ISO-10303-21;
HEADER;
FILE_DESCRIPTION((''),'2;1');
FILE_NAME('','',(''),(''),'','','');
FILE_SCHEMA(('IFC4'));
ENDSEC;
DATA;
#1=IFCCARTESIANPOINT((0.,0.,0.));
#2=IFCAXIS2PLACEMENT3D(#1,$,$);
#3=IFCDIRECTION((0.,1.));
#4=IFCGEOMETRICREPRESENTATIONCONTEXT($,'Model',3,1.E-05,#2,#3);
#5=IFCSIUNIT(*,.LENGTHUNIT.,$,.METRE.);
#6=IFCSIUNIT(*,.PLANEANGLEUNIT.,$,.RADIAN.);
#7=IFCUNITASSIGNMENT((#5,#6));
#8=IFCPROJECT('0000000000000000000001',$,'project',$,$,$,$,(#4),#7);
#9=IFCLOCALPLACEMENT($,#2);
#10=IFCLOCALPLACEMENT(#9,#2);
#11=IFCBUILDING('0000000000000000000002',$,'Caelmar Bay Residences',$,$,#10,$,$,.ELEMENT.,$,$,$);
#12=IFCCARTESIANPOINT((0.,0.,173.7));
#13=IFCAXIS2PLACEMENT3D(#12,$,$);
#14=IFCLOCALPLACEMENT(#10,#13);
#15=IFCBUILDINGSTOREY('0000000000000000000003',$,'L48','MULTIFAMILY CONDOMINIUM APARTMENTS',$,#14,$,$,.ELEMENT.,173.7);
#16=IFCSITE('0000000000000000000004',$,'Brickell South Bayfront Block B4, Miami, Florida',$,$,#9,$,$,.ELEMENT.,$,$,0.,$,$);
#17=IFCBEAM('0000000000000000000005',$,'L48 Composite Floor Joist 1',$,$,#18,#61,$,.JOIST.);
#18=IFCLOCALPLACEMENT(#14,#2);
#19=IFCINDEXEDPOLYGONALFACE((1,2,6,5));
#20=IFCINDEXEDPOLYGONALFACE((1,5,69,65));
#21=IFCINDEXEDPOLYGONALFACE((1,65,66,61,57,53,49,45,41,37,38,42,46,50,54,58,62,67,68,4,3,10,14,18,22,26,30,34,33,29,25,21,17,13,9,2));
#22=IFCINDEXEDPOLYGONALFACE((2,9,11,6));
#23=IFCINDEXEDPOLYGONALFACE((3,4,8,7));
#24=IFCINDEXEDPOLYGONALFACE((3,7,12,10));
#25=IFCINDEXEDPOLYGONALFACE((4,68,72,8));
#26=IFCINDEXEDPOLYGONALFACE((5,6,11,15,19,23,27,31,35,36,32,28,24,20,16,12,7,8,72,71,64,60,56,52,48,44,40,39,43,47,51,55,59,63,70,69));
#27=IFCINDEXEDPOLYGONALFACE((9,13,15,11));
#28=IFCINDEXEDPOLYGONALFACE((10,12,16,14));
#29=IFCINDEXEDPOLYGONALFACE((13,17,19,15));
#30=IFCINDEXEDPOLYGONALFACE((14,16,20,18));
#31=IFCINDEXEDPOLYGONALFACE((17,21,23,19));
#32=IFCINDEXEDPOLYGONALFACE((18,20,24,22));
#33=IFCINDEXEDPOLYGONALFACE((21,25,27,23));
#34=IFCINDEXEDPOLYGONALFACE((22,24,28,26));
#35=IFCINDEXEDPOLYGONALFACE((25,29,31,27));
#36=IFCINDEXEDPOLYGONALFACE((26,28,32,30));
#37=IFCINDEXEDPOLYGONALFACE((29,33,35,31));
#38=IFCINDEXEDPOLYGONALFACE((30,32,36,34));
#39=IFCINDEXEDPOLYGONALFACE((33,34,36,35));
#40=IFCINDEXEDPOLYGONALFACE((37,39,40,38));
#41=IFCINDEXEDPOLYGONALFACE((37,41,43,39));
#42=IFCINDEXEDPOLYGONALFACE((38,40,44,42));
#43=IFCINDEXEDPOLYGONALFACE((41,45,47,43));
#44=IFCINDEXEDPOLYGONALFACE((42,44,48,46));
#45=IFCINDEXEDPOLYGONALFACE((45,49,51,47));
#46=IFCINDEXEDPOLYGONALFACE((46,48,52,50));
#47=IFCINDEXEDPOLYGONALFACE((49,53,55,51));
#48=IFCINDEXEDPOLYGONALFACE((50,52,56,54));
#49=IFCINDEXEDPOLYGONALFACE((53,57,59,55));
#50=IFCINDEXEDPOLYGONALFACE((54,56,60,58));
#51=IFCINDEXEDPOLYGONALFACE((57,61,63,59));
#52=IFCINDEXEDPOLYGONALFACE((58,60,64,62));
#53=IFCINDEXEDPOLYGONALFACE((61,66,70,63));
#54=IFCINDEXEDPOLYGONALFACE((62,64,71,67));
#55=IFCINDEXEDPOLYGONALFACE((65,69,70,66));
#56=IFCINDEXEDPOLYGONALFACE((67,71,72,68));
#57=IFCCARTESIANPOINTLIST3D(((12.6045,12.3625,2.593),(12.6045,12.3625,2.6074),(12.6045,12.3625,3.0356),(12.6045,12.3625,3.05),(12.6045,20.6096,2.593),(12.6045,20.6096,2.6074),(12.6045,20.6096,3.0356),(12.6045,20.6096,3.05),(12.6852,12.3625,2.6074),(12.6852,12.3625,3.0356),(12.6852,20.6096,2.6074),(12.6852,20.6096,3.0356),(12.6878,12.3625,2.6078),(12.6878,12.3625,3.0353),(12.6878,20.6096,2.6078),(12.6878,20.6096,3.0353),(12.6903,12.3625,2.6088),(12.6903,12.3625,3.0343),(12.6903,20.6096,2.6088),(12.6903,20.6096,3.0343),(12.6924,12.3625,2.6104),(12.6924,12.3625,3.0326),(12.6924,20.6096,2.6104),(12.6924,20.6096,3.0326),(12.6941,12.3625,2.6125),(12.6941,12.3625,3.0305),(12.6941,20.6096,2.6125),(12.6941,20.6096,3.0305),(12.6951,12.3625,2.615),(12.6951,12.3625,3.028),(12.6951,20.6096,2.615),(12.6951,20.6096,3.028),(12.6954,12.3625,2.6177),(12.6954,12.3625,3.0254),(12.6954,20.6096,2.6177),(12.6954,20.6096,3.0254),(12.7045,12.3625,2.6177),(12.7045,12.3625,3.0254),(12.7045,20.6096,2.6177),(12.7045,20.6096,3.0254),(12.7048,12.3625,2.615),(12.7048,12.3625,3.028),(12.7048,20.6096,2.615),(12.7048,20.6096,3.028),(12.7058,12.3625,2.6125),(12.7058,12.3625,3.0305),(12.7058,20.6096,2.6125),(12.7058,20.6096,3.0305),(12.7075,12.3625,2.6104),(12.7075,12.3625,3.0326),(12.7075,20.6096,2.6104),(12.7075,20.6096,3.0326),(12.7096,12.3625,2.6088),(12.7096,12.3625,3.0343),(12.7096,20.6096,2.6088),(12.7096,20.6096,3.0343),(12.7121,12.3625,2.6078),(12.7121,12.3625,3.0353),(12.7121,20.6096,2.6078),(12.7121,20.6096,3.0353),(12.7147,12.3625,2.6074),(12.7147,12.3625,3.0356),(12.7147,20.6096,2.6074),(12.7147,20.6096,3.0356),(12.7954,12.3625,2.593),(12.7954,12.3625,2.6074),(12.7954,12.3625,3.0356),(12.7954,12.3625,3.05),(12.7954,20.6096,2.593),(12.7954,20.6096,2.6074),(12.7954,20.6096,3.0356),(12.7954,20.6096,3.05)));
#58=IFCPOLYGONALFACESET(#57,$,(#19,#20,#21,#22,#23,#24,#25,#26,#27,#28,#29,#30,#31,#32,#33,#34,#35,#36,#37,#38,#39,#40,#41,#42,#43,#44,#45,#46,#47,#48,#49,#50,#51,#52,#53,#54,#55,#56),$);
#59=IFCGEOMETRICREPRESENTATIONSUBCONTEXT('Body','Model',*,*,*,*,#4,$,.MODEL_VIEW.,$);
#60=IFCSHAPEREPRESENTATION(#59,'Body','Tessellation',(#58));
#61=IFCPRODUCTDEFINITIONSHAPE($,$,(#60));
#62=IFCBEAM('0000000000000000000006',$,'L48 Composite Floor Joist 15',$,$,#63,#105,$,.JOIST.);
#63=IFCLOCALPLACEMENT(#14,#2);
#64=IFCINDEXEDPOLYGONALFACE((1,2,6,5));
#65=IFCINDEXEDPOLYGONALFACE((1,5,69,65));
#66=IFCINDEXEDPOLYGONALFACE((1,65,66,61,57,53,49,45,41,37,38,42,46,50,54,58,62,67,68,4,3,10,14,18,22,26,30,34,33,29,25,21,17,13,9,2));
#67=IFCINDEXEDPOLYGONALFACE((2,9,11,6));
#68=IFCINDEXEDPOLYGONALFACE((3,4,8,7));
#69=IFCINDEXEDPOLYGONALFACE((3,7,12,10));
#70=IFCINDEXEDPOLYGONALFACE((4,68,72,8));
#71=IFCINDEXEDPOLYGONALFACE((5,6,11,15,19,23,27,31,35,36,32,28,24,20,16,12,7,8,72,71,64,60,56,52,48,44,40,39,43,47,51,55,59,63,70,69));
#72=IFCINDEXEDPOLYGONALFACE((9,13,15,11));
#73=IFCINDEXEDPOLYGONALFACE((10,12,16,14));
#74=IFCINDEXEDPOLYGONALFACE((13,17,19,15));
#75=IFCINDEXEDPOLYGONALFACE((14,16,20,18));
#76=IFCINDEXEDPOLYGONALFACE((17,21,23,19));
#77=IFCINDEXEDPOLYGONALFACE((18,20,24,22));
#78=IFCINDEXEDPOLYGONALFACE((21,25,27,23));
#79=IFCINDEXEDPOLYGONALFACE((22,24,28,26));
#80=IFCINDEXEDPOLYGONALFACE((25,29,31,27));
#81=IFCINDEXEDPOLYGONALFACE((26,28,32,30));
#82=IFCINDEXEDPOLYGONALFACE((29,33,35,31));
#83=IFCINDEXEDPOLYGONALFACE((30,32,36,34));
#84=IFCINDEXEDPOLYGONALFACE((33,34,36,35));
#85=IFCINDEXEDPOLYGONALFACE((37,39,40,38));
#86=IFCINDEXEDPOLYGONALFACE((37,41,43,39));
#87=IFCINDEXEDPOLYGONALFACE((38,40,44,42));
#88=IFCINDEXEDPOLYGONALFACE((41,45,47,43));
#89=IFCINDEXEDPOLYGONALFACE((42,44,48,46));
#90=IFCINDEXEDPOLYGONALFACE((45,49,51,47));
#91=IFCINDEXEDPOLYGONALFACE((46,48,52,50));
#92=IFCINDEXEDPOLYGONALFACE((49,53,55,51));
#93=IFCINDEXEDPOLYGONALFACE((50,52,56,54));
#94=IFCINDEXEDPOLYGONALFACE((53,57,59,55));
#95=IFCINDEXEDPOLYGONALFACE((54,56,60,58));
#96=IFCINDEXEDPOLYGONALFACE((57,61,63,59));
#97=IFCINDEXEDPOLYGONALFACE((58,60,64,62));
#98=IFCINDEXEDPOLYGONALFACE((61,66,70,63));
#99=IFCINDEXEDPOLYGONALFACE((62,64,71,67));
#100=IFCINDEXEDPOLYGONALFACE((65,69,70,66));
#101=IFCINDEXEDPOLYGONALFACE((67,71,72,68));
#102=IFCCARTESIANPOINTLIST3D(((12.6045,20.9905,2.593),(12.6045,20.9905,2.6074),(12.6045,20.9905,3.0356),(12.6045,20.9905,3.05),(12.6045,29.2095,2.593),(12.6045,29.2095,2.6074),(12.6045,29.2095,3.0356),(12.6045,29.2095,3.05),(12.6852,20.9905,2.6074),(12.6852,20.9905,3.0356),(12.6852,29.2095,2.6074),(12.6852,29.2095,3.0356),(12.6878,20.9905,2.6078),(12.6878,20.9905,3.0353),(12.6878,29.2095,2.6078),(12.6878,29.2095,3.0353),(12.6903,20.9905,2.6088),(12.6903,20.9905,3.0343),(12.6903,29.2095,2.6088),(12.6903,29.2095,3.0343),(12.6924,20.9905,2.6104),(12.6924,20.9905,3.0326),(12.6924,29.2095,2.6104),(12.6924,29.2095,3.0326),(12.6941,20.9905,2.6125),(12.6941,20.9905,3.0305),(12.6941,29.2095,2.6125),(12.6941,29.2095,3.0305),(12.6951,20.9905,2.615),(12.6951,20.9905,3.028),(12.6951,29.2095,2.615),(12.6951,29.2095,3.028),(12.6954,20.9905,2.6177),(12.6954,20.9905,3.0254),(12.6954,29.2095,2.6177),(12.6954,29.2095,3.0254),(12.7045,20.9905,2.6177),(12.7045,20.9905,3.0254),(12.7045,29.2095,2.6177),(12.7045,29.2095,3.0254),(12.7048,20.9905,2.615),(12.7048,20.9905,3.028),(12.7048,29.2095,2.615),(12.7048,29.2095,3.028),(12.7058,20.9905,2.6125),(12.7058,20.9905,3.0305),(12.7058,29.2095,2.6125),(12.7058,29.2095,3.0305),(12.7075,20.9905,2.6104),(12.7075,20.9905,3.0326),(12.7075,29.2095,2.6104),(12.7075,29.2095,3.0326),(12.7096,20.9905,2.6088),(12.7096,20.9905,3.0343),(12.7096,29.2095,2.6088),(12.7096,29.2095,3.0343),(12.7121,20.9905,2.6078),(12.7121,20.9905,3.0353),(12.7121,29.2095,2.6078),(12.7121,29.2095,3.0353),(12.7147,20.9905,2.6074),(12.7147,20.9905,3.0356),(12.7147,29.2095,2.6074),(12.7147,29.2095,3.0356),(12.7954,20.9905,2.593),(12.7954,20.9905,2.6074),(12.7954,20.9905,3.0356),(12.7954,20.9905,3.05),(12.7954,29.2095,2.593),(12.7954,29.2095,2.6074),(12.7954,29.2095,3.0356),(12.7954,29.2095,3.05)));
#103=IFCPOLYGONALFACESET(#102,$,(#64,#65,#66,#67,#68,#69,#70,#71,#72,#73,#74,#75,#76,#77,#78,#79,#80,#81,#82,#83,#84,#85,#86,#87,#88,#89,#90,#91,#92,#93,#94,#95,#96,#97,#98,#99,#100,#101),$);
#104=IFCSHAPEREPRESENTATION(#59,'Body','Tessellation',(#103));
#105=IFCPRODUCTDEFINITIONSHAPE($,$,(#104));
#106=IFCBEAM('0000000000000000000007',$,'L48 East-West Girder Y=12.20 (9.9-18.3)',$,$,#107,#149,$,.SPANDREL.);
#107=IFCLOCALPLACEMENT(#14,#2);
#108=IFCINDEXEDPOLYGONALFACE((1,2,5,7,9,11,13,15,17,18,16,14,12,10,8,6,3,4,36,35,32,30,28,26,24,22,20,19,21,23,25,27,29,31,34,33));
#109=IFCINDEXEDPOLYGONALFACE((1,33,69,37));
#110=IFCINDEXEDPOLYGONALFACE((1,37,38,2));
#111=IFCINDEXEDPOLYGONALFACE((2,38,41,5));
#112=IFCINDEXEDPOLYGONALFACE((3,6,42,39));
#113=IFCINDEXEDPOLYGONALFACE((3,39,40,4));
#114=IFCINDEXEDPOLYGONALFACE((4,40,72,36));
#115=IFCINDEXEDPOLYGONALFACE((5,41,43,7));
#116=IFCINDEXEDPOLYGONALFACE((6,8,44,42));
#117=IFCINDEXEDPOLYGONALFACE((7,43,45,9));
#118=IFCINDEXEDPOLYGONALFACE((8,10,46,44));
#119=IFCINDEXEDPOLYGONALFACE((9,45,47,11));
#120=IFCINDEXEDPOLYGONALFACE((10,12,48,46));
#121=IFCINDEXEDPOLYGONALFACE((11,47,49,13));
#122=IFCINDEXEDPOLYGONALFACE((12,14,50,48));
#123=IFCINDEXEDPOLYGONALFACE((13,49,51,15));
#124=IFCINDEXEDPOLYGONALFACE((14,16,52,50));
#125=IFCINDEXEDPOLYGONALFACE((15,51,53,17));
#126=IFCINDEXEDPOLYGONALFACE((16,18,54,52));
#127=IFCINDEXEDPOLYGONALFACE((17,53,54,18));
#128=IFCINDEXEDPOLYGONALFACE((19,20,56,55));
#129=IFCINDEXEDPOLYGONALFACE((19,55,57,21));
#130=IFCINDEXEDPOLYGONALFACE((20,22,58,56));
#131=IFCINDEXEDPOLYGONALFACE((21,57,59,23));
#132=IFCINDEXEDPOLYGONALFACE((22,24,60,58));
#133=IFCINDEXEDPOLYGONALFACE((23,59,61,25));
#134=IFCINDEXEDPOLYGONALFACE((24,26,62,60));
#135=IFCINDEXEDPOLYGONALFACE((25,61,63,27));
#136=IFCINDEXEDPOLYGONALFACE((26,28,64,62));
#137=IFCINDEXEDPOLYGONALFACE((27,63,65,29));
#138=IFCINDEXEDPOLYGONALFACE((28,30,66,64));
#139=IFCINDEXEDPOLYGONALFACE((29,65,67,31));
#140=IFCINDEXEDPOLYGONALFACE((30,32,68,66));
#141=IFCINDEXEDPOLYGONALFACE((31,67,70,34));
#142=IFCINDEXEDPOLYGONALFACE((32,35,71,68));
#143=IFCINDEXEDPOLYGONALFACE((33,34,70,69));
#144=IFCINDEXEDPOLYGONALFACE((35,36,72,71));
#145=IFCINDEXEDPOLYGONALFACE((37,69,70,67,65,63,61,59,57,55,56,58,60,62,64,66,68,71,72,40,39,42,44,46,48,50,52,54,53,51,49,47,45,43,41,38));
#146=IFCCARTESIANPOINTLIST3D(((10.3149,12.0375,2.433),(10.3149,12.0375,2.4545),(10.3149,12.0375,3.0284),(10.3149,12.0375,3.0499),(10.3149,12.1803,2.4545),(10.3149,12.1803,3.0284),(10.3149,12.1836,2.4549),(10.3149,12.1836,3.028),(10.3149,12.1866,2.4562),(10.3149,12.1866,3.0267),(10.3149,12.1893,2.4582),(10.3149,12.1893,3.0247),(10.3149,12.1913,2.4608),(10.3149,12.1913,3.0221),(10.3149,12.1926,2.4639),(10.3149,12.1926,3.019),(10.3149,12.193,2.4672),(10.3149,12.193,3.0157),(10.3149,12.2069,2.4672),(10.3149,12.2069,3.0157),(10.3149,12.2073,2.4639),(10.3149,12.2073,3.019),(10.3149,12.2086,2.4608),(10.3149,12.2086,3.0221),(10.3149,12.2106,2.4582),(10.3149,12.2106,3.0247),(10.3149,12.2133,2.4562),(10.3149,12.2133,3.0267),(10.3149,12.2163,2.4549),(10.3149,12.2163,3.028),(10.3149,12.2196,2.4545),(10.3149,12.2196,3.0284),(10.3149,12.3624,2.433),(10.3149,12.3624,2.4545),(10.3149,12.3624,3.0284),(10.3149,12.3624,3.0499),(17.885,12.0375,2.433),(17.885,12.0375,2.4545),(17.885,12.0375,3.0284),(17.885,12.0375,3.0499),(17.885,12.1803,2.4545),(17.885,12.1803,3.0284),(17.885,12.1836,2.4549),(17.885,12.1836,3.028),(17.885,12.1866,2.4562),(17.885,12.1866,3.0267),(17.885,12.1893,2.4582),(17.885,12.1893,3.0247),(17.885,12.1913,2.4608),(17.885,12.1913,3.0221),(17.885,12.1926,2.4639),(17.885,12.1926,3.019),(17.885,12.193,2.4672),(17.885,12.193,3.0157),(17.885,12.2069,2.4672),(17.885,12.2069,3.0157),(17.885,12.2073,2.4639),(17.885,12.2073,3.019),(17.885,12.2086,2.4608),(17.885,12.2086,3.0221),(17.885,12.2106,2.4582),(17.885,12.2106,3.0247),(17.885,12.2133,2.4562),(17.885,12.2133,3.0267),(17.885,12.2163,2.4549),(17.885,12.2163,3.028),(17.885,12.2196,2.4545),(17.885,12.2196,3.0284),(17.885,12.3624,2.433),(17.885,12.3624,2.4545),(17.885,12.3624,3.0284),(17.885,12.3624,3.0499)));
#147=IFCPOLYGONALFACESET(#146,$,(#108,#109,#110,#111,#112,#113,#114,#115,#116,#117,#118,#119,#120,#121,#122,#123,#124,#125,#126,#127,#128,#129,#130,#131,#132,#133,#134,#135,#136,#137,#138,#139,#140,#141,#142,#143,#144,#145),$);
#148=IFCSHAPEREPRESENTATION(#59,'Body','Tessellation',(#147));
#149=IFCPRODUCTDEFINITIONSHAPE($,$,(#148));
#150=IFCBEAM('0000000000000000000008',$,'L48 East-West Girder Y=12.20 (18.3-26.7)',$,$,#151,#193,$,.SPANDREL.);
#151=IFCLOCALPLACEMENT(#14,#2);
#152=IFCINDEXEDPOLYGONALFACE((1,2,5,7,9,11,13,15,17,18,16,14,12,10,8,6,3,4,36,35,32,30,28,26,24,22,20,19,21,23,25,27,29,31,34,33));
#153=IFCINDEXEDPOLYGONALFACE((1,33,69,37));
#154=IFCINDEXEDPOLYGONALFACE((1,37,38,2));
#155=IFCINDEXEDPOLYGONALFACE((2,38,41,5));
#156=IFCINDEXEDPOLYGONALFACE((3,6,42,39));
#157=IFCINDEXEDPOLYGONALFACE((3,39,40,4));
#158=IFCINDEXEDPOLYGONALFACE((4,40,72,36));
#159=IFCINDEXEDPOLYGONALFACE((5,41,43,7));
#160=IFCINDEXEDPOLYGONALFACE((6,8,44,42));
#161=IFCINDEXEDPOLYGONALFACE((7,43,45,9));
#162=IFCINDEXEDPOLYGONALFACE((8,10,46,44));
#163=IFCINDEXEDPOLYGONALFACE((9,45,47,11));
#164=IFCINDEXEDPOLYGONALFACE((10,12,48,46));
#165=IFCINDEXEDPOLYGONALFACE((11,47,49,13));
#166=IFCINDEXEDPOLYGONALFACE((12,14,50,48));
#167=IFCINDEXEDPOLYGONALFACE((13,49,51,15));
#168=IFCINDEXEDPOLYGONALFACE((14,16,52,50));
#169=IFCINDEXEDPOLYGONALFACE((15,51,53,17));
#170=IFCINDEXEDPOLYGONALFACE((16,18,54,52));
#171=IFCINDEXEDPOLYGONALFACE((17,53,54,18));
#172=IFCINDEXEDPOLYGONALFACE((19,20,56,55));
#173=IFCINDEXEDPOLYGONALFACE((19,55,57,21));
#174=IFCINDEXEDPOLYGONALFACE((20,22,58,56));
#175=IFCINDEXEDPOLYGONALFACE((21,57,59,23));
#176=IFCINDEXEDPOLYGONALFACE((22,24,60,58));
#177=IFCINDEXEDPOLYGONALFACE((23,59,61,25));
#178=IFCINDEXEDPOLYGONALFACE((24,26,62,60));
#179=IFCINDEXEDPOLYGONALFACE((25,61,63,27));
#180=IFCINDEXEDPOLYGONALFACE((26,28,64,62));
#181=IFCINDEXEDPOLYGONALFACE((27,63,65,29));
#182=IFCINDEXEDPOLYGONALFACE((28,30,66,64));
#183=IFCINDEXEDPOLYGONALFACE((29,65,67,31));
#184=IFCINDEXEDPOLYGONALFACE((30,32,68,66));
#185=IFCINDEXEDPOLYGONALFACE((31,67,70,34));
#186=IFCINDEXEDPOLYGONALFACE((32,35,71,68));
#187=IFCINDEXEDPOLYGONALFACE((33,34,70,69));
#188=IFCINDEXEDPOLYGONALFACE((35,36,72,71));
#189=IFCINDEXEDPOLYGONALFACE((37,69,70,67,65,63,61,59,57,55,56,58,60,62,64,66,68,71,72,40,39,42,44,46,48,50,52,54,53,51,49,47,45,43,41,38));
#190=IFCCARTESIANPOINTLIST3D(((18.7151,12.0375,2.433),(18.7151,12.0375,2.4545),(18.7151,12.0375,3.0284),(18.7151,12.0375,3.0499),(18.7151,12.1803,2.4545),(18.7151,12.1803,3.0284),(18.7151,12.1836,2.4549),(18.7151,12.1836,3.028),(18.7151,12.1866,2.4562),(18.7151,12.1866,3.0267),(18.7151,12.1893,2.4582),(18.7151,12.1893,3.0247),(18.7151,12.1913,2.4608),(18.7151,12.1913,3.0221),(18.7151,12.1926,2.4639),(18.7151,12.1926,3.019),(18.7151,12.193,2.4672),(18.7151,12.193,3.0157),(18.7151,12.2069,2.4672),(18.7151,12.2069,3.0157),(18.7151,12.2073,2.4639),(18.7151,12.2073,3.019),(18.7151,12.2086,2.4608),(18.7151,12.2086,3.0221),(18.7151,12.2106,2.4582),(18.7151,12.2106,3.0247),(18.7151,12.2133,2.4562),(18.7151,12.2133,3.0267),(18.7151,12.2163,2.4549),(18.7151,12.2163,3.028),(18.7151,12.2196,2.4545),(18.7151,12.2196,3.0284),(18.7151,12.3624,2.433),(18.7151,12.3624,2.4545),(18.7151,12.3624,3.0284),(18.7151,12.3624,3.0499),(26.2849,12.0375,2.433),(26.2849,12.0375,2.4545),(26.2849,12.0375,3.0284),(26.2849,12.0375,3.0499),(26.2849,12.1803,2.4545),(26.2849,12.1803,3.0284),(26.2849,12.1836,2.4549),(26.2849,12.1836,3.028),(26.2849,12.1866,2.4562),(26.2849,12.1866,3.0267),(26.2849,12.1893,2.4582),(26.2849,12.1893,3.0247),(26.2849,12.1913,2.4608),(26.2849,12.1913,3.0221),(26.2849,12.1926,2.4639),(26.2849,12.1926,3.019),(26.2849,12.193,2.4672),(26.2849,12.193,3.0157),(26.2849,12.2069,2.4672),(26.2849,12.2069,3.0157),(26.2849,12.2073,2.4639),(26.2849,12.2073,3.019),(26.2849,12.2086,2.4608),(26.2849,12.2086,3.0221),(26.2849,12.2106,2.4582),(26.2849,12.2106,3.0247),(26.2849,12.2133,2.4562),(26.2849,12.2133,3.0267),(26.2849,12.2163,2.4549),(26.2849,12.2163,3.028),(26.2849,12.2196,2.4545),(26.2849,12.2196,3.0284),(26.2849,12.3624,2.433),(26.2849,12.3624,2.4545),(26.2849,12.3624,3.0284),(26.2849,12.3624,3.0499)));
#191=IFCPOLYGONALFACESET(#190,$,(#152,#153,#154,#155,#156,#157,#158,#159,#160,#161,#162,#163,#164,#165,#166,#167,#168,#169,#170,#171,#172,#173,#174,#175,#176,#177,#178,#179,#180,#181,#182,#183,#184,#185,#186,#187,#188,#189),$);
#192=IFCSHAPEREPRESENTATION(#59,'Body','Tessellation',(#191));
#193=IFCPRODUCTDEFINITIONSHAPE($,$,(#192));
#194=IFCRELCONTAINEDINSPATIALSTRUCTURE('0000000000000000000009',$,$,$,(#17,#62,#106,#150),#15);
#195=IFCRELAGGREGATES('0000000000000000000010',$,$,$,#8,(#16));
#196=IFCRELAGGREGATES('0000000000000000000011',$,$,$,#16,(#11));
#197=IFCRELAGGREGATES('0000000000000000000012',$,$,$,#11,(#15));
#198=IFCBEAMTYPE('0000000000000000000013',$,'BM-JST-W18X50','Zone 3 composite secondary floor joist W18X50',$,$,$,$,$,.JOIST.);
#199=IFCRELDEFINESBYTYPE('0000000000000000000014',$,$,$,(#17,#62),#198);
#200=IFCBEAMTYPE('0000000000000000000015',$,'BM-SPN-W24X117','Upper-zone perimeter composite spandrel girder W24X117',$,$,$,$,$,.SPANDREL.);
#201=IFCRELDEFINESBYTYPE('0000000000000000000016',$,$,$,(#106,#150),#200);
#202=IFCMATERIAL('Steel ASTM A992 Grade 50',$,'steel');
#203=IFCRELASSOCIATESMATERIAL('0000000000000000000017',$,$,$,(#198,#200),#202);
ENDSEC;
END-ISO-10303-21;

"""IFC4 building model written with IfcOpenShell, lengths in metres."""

from ifc_helpers import new_model, si_unit, direction, frame, origin, origin_2d, place, context, subcontext, project, spatial, i_section, extrude, material, material_profile, profile_set, type_object, element, save


model = new_model("IFC4")

# Units and contexts
model_context = context("Model", 3, precision=1e-05, world=origin(), true_north=direction((0.0, 1.0)))
body_context = subcontext(model_context, "Body", "Model", "MODEL_VIEW")
ifc_project = project(units=[si_unit("LENGTHUNIT", "METRE"), si_unit("PLANEANGLEUNIT", "RADIAN")], contexts=[model_context])

# Site, building, storey
site_placement = place(None, origin())
site = spatial("IfcSite", under=ifc_project, at=site_placement, Name="Brickell South Bayfront Block B4, Miami, Florida", CompositionType="ELEMENT", RefElevation=0.0)
building_placement = place(site_placement, origin())
building = spatial("IfcBuilding", under=site, at=building_placement, Name="Caelmar Bay Residences", CompositionType="ELEMENT")
storey_placement = place(building_placement, frame((0.0, 0.0, 173.7)))
storey = spatial("IfcBuildingStorey", under=building, at=storey_placement, Name="L48", Description="MULTIFAMILY CONDOMINIUM APARTMENTS", CompositionType="ELEMENT", Elevation=173.7)

# Beams
ifc_material_1 = material(Name="Steel ASTM A992 Grade 50", Category="steel")
ifc_material_profile_1 = material_profile(ifc_material_1, i_section(OverallWidth=0.1909, OverallDepth=0.457, WebThickness=0.009, FlangeThickness=0.0144, FilletRadius=0.0103, at=origin_2d()), Name="W18X50")
ifc_profile_set_1 = profile_set([ifc_material_profile_1], Name="Steel ASTM A992 Grade 50")
beam_type_1 = type_object("IfcBeamType", Name="BM-JST-W18X50", Description="Zone 3 composite secondary floor joist W18X50", PredefinedType="JOIST", material=ifc_profile_set_1)
beam_1_placement = place(storey_placement, frame((12.7, 12.3625, 2.8215), z_axis=(0.0, 1.0, 0.0), x_axis=(-1.0, 0.0, 0.0)))
element("IfcBeam", 1, at=beam_1_placement, inside=storey, type_object=beam_type_1, Name="L48 Composite Floor Joist 1", PredefinedType="JOIST", context=body_context, shape_type="SweptSolid", body=[
    extrude(i_section(OverallWidth=0.1909, OverallDepth=0.457, WebThickness=0.009, FlangeThickness=0.0144, FilletRadius=0.0103, at=origin_2d()), origin(), (0.0, 0.0, 1.0), 8.2471),
])
beam_2_placement = place(storey_placement, frame((12.7, 20.9905, 2.8215), z_axis=(0.0, 1.0, 0.0), x_axis=(-1.0, 0.0, 0.0)))
element("IfcBeam", 2, at=beam_2_placement, inside=storey, type_object=beam_type_1, Name="L48 Composite Floor Joist 15", PredefinedType="JOIST", context=body_context, shape_type="SweptSolid", body=[
    extrude(i_section(OverallWidth=0.1909, OverallDepth=0.457, WebThickness=0.009, FlangeThickness=0.0144, FilletRadius=0.0103, at=origin_2d()), origin(), (0.0, 0.0, 1.0), 8.219),
])
ifc_material_profile_2 = material_profile(ifc_material_1, i_section(OverallWidth=0.325, OverallDepth=0.6169, WebThickness=0.0139, FlangeThickness=0.0215, FilletRadius=0.0127, at=origin_2d()), Name="W24X117")
ifc_profile_set_2 = profile_set([ifc_material_profile_2], Name="Steel ASTM A992 Grade 50")
beam_type_2 = type_object("IfcBeamType", Name="BM-SPN-W24X117", Description="Upper-zone perimeter composite spandrel girder W24X117", PredefinedType="SPANDREL", material=ifc_profile_set_2)
beam_3_placement = place(storey_placement, frame((10.3149, 12.2, 2.7415), z_axis=(1.0, 0.0, 0.0), x_axis=(0.0, 1.0, 0.0)))
element("IfcBeam", 3, at=beam_3_placement, inside=storey, type_object=beam_type_2, Name="L48 East-West Girder Y=12.20 (9.9-18.3)", PredefinedType="SPANDREL", context=body_context, shape_type="SweptSolid", body=[
    extrude(i_section(OverallWidth=0.325, OverallDepth=0.6169, WebThickness=0.0139, FlangeThickness=0.0215, FilletRadius=0.0127, at=origin_2d()), origin(), (0.0, 0.0, 1.0), 7.5701),
])
beam_4_placement = place(storey_placement, frame((18.7151, 12.2, 2.7415), z_axis=(1.0, 0.0, 0.0), x_axis=(0.0, 1.0, 0.0)))
element("IfcBeam", 4, at=beam_4_placement, inside=storey, type_object=beam_type_2, Name="L48 East-West Girder Y=12.20 (18.3-26.7)", PredefinedType="SPANDREL", context=body_context, shape_type="SweptSolid", body=[
    extrude(i_section(OverallWidth=0.325, OverallDepth=0.6169, WebThickness=0.0139, FlangeThickness=0.0215, FilletRadius=0.0127, at=origin_2d()), origin(), (0.0, 0.0, 1.0), 7.5698),
])

save(model, "model.ifc")
